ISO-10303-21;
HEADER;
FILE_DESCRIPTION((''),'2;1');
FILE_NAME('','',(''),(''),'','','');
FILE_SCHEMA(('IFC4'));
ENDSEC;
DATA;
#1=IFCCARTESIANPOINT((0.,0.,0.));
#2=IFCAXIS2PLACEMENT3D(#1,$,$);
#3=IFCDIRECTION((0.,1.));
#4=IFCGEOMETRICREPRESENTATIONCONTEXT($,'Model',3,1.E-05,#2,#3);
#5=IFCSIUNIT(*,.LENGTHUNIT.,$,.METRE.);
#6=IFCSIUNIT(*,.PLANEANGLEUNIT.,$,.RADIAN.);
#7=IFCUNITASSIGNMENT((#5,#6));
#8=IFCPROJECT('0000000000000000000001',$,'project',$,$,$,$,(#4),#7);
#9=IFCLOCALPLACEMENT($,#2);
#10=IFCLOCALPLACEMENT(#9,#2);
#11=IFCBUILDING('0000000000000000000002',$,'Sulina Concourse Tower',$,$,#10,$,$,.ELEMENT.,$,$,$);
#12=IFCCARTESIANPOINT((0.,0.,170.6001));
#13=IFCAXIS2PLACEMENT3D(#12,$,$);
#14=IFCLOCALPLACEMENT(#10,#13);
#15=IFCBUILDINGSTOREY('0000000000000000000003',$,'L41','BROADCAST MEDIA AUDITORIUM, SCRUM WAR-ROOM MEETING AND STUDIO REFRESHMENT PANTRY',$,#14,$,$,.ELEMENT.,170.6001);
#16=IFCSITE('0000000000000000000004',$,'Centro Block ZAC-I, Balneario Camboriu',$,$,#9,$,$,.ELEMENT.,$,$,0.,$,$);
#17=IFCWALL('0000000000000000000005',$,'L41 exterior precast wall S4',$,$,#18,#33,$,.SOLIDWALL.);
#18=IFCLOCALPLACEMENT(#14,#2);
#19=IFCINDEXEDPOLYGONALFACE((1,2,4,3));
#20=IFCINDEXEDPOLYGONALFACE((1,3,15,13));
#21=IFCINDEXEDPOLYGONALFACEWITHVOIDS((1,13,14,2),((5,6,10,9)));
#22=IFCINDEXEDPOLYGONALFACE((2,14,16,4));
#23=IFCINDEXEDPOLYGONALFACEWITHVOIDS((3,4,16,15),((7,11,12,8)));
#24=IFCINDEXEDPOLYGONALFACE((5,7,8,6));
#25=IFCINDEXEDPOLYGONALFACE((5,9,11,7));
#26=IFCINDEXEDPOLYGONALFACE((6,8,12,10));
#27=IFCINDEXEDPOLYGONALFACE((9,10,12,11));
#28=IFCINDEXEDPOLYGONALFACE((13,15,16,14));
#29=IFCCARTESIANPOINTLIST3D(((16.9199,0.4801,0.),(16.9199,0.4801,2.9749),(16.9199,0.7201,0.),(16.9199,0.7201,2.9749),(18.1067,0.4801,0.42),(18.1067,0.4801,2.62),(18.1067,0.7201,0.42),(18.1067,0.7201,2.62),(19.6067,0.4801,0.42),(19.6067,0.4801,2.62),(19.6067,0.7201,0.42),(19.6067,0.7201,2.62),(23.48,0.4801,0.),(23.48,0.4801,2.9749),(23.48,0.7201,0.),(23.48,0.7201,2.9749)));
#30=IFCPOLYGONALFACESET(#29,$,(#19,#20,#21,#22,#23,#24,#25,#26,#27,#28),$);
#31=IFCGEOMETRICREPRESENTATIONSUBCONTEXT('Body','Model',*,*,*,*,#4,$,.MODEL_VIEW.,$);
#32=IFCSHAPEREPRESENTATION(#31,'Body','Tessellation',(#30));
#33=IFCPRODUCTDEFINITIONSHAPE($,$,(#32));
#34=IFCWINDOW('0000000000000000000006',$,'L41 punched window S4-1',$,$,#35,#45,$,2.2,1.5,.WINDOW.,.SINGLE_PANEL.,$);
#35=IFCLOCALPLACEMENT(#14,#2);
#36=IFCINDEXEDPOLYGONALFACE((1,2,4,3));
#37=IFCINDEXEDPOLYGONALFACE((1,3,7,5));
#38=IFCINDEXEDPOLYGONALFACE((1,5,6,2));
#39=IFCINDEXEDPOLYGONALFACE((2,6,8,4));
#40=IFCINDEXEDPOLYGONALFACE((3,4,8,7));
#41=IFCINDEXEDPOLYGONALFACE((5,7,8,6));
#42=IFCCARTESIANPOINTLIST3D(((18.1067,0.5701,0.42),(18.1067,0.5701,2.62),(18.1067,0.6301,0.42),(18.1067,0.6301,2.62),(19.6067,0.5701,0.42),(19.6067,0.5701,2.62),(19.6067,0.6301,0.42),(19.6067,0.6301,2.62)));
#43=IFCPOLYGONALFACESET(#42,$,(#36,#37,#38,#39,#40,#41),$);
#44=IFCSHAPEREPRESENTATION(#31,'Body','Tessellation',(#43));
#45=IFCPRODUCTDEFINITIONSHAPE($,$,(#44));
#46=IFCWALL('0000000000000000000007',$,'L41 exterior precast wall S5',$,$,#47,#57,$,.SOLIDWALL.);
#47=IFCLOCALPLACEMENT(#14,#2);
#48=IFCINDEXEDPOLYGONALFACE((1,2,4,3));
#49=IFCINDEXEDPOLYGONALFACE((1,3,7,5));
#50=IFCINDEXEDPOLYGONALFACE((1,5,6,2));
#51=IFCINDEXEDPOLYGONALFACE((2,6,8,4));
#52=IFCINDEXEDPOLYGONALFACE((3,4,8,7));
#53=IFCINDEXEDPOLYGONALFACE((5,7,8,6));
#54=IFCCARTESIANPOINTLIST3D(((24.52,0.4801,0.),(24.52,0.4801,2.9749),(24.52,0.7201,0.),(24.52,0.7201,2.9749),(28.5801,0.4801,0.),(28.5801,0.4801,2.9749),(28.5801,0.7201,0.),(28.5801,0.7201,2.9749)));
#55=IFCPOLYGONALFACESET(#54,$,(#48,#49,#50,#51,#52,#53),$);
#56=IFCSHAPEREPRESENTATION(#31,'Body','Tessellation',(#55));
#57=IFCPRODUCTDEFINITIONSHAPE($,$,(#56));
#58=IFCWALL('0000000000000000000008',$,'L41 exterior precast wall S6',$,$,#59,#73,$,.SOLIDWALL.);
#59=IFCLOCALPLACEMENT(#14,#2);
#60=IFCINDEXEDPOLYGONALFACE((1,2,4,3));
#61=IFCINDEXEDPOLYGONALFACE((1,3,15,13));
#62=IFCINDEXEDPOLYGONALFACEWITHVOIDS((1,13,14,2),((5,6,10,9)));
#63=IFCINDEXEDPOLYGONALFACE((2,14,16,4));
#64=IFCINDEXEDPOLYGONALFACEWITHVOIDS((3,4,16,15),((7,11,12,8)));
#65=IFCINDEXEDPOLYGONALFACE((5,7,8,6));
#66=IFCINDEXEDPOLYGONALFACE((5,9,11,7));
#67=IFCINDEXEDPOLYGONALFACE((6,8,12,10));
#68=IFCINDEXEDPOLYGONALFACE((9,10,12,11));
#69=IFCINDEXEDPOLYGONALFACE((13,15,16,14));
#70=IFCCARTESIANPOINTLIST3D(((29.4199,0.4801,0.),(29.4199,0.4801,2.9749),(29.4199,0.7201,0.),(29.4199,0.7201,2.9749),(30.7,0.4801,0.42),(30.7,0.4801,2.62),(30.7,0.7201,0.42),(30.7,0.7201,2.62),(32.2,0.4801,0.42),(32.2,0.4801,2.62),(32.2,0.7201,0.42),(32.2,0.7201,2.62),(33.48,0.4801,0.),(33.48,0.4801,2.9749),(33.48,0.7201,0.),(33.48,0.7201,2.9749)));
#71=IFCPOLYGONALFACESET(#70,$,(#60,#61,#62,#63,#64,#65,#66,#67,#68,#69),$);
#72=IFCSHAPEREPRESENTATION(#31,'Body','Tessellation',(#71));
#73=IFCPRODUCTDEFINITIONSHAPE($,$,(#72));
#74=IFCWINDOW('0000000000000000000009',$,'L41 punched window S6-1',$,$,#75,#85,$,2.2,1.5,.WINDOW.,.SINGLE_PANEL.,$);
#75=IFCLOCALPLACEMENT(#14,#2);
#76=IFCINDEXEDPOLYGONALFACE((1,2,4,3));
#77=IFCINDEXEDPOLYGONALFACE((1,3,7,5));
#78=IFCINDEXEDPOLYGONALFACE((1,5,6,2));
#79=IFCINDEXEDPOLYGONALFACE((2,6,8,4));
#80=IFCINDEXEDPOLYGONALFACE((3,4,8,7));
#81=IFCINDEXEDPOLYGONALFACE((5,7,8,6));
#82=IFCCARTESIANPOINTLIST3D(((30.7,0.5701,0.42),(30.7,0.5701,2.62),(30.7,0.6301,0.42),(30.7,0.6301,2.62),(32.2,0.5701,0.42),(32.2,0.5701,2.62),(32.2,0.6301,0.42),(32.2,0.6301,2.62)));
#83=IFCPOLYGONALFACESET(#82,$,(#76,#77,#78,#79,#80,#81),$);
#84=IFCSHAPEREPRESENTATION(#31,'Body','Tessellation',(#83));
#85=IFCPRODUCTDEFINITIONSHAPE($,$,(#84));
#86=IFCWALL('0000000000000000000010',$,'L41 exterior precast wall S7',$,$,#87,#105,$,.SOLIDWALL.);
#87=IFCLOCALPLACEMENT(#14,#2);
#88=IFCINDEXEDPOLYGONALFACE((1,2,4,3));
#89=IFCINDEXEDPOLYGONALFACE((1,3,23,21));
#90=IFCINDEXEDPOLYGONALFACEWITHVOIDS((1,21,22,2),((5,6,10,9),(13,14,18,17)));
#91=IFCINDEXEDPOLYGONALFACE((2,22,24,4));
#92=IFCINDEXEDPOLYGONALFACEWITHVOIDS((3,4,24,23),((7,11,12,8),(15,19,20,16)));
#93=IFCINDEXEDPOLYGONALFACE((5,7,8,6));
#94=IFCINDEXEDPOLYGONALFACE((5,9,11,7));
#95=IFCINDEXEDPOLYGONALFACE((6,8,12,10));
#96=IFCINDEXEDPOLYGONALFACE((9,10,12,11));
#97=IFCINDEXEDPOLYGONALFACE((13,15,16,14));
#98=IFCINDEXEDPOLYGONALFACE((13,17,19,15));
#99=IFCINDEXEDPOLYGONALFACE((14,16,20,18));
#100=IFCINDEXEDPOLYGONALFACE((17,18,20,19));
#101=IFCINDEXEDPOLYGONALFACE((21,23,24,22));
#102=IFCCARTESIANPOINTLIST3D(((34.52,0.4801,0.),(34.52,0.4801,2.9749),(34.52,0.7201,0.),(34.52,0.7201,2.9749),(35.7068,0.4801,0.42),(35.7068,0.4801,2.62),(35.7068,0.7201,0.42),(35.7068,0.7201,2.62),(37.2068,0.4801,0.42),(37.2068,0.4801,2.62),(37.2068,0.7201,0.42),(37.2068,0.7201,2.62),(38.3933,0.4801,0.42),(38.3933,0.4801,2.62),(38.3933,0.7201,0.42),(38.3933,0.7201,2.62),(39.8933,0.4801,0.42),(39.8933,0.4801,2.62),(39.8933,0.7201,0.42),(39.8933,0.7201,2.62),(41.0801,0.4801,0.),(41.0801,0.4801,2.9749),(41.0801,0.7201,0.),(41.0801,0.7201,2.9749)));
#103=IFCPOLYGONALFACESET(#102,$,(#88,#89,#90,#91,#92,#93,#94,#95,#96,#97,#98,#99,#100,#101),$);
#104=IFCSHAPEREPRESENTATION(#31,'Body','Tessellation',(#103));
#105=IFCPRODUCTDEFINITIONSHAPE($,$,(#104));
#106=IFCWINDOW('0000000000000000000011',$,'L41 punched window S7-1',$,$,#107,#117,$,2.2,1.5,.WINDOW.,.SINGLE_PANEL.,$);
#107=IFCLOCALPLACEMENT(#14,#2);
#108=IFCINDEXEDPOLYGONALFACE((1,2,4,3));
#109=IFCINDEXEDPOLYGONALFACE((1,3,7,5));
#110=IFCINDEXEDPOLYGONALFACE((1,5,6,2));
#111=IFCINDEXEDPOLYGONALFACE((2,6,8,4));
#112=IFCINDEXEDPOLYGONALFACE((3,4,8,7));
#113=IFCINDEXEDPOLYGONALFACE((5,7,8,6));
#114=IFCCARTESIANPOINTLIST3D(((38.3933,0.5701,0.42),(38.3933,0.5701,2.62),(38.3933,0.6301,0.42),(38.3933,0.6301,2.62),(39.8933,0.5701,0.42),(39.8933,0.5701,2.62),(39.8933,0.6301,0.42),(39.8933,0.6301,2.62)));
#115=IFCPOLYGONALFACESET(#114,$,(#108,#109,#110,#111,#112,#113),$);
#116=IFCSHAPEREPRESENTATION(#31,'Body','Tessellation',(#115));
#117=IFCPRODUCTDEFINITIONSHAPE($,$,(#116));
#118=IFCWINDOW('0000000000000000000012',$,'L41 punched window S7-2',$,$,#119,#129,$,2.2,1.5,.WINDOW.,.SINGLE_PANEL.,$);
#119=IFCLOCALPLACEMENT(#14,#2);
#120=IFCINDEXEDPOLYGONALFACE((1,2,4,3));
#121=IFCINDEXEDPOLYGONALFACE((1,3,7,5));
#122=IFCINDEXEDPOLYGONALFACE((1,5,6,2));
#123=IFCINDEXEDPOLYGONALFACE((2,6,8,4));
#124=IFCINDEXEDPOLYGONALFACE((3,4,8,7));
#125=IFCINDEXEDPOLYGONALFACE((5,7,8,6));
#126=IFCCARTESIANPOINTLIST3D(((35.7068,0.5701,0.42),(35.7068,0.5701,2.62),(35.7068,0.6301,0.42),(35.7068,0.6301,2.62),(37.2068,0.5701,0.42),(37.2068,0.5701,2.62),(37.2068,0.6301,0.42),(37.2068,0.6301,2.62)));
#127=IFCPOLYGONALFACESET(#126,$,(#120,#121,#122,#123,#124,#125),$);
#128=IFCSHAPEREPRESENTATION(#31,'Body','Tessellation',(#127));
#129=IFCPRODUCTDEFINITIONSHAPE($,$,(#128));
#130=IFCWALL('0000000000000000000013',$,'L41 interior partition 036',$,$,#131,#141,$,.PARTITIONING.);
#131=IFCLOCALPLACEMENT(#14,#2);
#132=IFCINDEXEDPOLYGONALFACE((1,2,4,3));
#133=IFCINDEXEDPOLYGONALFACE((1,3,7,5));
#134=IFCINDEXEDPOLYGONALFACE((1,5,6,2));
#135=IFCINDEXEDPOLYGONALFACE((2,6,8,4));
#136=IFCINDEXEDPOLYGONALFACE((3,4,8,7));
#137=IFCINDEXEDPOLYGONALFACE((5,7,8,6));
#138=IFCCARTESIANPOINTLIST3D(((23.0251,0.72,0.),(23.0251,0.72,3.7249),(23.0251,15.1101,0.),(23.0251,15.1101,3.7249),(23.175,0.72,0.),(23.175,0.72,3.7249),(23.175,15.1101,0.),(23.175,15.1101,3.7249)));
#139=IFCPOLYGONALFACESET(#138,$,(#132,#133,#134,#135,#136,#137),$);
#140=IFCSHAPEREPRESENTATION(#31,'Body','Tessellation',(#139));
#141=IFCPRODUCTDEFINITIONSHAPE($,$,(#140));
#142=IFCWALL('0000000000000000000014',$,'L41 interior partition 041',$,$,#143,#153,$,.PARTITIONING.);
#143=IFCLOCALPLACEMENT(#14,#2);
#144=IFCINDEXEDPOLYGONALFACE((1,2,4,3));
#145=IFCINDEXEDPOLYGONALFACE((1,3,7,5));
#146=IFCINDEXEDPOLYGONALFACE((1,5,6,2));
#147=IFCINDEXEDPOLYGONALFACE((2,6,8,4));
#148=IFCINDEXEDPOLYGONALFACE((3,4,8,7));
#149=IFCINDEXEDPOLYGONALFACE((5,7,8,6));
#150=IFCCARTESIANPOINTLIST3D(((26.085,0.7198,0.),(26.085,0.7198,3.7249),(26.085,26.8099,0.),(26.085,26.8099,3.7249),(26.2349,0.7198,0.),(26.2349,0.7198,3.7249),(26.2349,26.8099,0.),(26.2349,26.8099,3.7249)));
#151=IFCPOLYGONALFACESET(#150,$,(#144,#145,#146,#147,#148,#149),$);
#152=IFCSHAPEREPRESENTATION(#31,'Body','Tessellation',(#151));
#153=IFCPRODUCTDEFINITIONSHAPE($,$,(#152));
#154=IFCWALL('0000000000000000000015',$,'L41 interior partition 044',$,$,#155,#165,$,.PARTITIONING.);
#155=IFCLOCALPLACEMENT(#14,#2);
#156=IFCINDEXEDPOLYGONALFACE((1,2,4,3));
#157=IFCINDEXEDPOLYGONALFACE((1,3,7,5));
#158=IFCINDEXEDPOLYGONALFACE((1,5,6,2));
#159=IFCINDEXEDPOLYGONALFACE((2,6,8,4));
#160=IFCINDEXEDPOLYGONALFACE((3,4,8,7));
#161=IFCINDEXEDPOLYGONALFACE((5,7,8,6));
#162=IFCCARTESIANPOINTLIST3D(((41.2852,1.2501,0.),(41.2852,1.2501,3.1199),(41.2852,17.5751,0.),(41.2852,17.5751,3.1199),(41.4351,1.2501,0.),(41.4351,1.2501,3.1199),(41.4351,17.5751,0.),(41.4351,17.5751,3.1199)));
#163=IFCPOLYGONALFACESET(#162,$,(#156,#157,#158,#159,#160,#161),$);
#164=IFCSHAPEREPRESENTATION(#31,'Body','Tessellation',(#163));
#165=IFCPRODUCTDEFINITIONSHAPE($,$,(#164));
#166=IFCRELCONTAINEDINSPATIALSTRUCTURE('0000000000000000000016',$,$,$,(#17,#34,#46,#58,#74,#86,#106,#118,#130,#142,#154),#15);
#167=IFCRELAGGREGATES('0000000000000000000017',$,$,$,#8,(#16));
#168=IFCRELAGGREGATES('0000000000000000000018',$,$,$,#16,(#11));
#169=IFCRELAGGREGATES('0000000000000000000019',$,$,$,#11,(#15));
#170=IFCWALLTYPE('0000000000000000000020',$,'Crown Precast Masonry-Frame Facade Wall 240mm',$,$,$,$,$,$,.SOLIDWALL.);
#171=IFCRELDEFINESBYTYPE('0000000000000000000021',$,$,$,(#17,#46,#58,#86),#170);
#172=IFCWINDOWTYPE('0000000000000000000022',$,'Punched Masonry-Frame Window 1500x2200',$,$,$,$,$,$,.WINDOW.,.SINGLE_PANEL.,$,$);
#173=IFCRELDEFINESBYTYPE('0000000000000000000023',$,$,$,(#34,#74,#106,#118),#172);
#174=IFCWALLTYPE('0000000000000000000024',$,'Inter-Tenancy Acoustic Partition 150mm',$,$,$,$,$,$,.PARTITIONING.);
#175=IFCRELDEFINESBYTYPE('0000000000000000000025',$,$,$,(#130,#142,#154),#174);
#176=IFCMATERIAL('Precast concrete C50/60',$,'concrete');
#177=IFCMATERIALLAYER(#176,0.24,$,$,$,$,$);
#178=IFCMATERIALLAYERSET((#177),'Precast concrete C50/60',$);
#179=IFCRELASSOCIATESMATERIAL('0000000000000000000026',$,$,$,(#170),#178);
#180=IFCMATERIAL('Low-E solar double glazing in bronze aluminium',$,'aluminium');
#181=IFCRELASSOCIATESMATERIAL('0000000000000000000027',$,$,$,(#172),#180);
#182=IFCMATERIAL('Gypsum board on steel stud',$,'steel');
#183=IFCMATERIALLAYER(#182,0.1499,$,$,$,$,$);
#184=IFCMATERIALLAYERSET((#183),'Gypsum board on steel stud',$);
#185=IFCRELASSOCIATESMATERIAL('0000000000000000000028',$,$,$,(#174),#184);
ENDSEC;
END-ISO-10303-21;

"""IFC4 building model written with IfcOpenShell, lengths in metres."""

from ifc_helpers import new_model, si_unit, direction, frame, frame_2d, origin, place, context, subcontext, project, spatial, rectangle, extrude, material, layer, layer_set, type_object, element, fill, save


model = new_model("IFC4")

# Units and contexts
model_context = context("Model", 3, precision=1e-05, world=origin(), true_north=direction((0.0, 1.0)))
body_context = subcontext(model_context, "Body", "Model", "MODEL_VIEW")
ifc_project = project(units=[si_unit("LENGTHUNIT", "METRE"), si_unit("PLANEANGLEUNIT", "RADIAN")], contexts=[model_context])

# Site, building, storey
site_placement = place(None, origin())
site = spatial("IfcSite", under=ifc_project, at=site_placement, Name="Centro Block ZAC-I, Balneario Camboriu", CompositionType="ELEMENT", RefElevation=0.0)
building_placement = place(site_placement, origin())
building = spatial("IfcBuilding", under=site, at=building_placement, Name="Sulina Concourse Tower", CompositionType="ELEMENT")
storey_placement = place(building_placement, frame((0.0, 0.0, 170.6001)))
storey = spatial("IfcBuildingStorey", under=building, at=storey_placement, Name="L41", Description="BROADCAST MEDIA AUDITORIUM, SCRUM WAR-ROOM MEETING AND STUDIO REFRESHMENT PANTRY", CompositionType="ELEMENT", Elevation=170.6001)

# Wall, opening, window
ifc_material_1 = material(Name="Precast concrete C50/60", Category="concrete")
ifc_layer_1 = layer(ifc_material_1, 0.24)
ifc_layer_set_1 = layer_set([ifc_layer_1], Name="Precast concrete C50/60")
wall_type_1 = type_object("IfcWallType", Name="Crown Precast Masonry-Frame Facade Wall 240mm", PredefinedType="SOLIDWALL", material=ifc_layer_set_1)
wall_1_placement = place(storey_placement, frame((23.48, 0.6001, 0.0), z_axis=(0.0, 0.0, 1.0), x_axis=(-1.0, 0.0, 0.0)))
wall_1 = element("IfcWall", 1, at=wall_1_placement, inside=storey, type_object=wall_type_1, Name="L41 exterior precast wall S4", PredefinedType="SOLIDWALL", context=body_context, shape_type="SweptSolid", body=[
    extrude(rectangle(XDim=6.5601, YDim=0.24, at=frame_2d((3.28, 0.0))), origin(), (0.0, 0.0, 1.0), 2.9749),
])
opening_1_placement = place(wall_1_placement, frame((3.8733, 0.0, 0.4199)))
opening_1 = element("IfcOpeningElement", 2, at=opening_1_placement, cuts=wall_1, PredefinedType="OPENING", context=body_context, shape_type="SweptSolid", body=[
    extrude(rectangle(XDim=1.5, YDim=2.2, at=frame_2d((0.75, 1.1001))), frame((0.0, 0.1299, 0.0), z_axis=(0.0, -1.0, 0.0), x_axis=(1.0, 0.0, 0.0)), (0.0, 0.0, 1.0), 0.26),
])
ifc_material_2 = material(Name="Low-E solar double glazing in bronze aluminium", Category="aluminium")
window_type = type_object("IfcWindowType", Name="Punched Masonry-Frame Window 1500x2200", PartitioningType="SINGLE_PANEL", PredefinedType="WINDOW", material=ifc_material_2)
window_1_placement = place(opening_1_placement, origin())
window_1 = element("IfcWindow", 3, at=window_1_placement, inside=storey, type_object=window_type, Name="L41 punched window S4-1", OverallHeight=2.2, OverallWidth=1.5, PartitioningType="SINGLE_PANEL", PredefinedType="WINDOW", context=body_context, shape_type="SweptSolid", body=[
    extrude(rectangle(XDim=1.5, YDim=2.2, at=frame_2d((0.75, 1.1001))), frame((0.0, 0.03, 0.0), z_axis=(0.0, -1.0, 0.0), x_axis=(1.0, 0.0, 0.0)), (0.0, 0.0, 1.0), 0.0601),
])
fill(opening_1, window_1)

# Wall
wall_2_placement = place(storey_placement, frame((28.5801, 0.6001, 0.0), z_axis=(0.0, 0.0, 1.0), x_axis=(-1.0, 0.0, 0.0)))
element("IfcWall", 4, at=wall_2_placement, inside=storey, type_object=wall_type_1, Name="L41 exterior precast wall S5", PredefinedType="SOLIDWALL", context=body_context, shape_type="SweptSolid", body=[
    extrude(rectangle(XDim=4.0601, YDim=0.24, at=frame_2d((2.03, 0.0))), origin(), (0.0, 0.0, 1.0), 2.9749),
])

# Wall, opening, window
wall_3_placement = place(storey_placement, frame((33.48, 0.6001, 0.0), z_axis=(0.0, 0.0, 1.0), x_axis=(-1.0, 0.0, 0.0)))
wall_3 = element("IfcWall", 5, at=wall_3_placement, inside=storey, type_object=wall_type_1, Name="L41 exterior precast wall S6", PredefinedType="SOLIDWALL", context=body_context, shape_type="SweptSolid", body=[
    extrude(rectangle(XDim=4.0601, YDim=0.24, at=frame_2d((2.03, 0.0))), origin(), (0.0, 0.0, 1.0), 2.9749),
])
opening_2_placement = place(wall_3_placement, frame((1.28, 0.0, 0.4199)))
opening_2 = element("IfcOpeningElement", 6, at=opening_2_placement, cuts=wall_3, PredefinedType="OPENING", context=body_context, shape_type="SweptSolid", body=[
    extrude(rectangle(XDim=1.5, YDim=2.2, at=frame_2d((0.75, 1.1001))), frame((0.0, 0.1299, 0.0), z_axis=(0.0, -1.0, 0.0), x_axis=(1.0, 0.0, 0.0)), (0.0, 0.0, 1.0), 0.26),
])
window_2_placement = place(opening_2_placement, origin())
window_2 = element("IfcWindow", 7, at=window_2_placement, inside=storey, type_object=window_type, Name="L41 punched window S6-1", OverallHeight=2.2, OverallWidth=1.5, PartitioningType="SINGLE_PANEL", PredefinedType="WINDOW", context=body_context, shape_type="SweptSolid", body=[
    extrude(rectangle(XDim=1.5, YDim=2.2, at=frame_2d((0.75, 1.1001))), frame((0.0, 0.03, 0.0), z_axis=(0.0, -1.0, 0.0), x_axis=(1.0, 0.0, 0.0)), (0.0, 0.0, 1.0), 0.0601),
])
fill(opening_2, window_2)

# Wall, openings, windows
wall_4_placement = place(storey_placement, frame((41.0801, 0.6001, 0.0), z_axis=(0.0, 0.0, 1.0), x_axis=(-1.0, 0.0, 0.0)))
wall_4 = element("IfcWall", 8, at=wall_4_placement, inside=storey, type_object=wall_type_1, Name="L41 exterior precast wall S7", PredefinedType="SOLIDWALL", context=body_context, shape_type="SweptSolid", body=[
    extrude(rectangle(XDim=6.5601, YDim=0.24, at=frame_2d((3.28, 0.0))), origin(), (0.0, 0.0, 1.0), 2.9749),
])
opening_3_placement = place(wall_4_placement, frame((1.1868, 0.0, 0.4199)))
opening_3 = element("IfcOpeningElement", 9, at=opening_3_placement, cuts=wall_4, PredefinedType="OPENING", context=body_context, shape_type="SweptSolid", body=[
    extrude(rectangle(XDim=1.5, YDim=2.2, at=frame_2d((0.75, 1.1001))), frame((0.0, 0.1299, 0.0), z_axis=(0.0, -1.0, 0.0), x_axis=(1.0, 0.0, 0.0)), (0.0, 0.0, 1.0), 0.26),
])
opening_4_placement = place(wall_4_placement, frame((3.8733, 0.0, 0.4199)))
opening_4 = element("IfcOpeningElement", 10, at=opening_4_placement, cuts=wall_4, PredefinedType="OPENING", context=body_context, shape_type="SweptSolid", body=[
    extrude(rectangle(XDim=1.5, YDim=2.2, at=frame_2d((0.75, 1.1001))), frame((0.0, 0.1299, 0.0), z_axis=(0.0, -1.0, 0.0), x_axis=(1.0, 0.0, 0.0)), (0.0, 0.0, 1.0), 0.26),
])
window_3_placement = place(opening_3_placement, origin())
window_3 = element("IfcWindow", 11, at=window_3_placement, inside=storey, type_object=window_type, Name="L41 punched window S7-1", OverallHeight=2.2, OverallWidth=1.5, PartitioningType="SINGLE_PANEL", PredefinedType="WINDOW", context=body_context, shape_type="SweptSolid", body=[
    extrude(rectangle(XDim=1.5, YDim=2.2, at=frame_2d((0.75, 1.1001))), frame((0.0, 0.03, 0.0), z_axis=(0.0, -1.0, 0.0), x_axis=(1.0, 0.0, 0.0)), (0.0, 0.0, 1.0), 0.0601),
])
fill(opening_3, window_3)
window_4_placement = place(opening_4_placement, origin())
window_4 = element("IfcWindow", 12, at=window_4_placement, inside=storey, type_object=window_type, Name="L41 punched window S7-2", OverallHeight=2.2, OverallWidth=1.5, PartitioningType="SINGLE_PANEL", PredefinedType="WINDOW", context=body_context, shape_type="SweptSolid", body=[
    extrude(rectangle(XDim=1.5, YDim=2.2, at=frame_2d((0.75, 1.1001))), frame((0.0, 0.03, 0.0), z_axis=(0.0, -1.0, 0.0), x_axis=(1.0, 0.0, 0.0)), (0.0, 0.0, 1.0), 0.0601),
])
fill(opening_4, window_4)

# Walls
ifc_material_3 = material(Name="Gypsum board on steel stud", Category="steel")
ifc_layer_2 = layer(ifc_material_3, 0.1499)
ifc_layer_set_2 = layer_set([ifc_layer_2], Name="Gypsum board on steel stud")
wall_type_2 = type_object("IfcWallType", Name="Inter-Tenancy Acoustic Partition 150mm", PredefinedType="PARTITIONING", material=ifc_layer_set_2)
wall_5_placement = place(storey_placement, frame((23.1001, 0.72, 0.0), z_axis=(0.0, 0.0, 1.0), x_axis=(0.0, 1.0, 0.0)))
element("IfcWall", 13, at=wall_5_placement, inside=storey, type_object=wall_type_2, Name="L41 interior partition 036", PredefinedType="PARTITIONING", context=body_context, shape_type="SweptSolid", body=[
    extrude(rectangle(XDim=14.3901, YDim=0.1499, at=frame_2d((7.1951, 0.0))), origin(), (0.0, 0.0, 1.0), 3.7249),
])
wall_6_placement = place(storey_placement, frame((26.1599, 0.72, 0.0), z_axis=(0.0, 0.0, 1.0), x_axis=(0.0, 1.0, 0.0)))
element("IfcWall", 14, at=wall_6_placement, inside=storey, type_object=wall_type_2, Name="L41 interior partition 041", PredefinedType="PARTITIONING", context=body_context, shape_type="SweptSolid", body=[
    extrude(rectangle(XDim=26.0901, YDim=0.1499, at=frame_2d((13.0449, 0.0))), origin(), (0.0, 0.0, 1.0), 3.7249),
])
wall_7_placement = place(storey_placement, frame((41.3601, 1.25, 0.0), z_axis=(0.0, 0.0, 1.0), x_axis=(0.0, 1.0, 0.0)))
element("IfcWall", 15, at=wall_7_placement, inside=storey, type_object=wall_type_2, Name="L41 interior partition 044", PredefinedType="PARTITIONING", context=body_context, shape_type="SweptSolid", body=[
    extrude(rectangle(XDim=16.325, YDim=0.1499, at=frame_2d((8.1626, 0.0))), origin(), (0.0, 0.0, 1.0), 3.1199),
])

save(model, "model.ifc")
